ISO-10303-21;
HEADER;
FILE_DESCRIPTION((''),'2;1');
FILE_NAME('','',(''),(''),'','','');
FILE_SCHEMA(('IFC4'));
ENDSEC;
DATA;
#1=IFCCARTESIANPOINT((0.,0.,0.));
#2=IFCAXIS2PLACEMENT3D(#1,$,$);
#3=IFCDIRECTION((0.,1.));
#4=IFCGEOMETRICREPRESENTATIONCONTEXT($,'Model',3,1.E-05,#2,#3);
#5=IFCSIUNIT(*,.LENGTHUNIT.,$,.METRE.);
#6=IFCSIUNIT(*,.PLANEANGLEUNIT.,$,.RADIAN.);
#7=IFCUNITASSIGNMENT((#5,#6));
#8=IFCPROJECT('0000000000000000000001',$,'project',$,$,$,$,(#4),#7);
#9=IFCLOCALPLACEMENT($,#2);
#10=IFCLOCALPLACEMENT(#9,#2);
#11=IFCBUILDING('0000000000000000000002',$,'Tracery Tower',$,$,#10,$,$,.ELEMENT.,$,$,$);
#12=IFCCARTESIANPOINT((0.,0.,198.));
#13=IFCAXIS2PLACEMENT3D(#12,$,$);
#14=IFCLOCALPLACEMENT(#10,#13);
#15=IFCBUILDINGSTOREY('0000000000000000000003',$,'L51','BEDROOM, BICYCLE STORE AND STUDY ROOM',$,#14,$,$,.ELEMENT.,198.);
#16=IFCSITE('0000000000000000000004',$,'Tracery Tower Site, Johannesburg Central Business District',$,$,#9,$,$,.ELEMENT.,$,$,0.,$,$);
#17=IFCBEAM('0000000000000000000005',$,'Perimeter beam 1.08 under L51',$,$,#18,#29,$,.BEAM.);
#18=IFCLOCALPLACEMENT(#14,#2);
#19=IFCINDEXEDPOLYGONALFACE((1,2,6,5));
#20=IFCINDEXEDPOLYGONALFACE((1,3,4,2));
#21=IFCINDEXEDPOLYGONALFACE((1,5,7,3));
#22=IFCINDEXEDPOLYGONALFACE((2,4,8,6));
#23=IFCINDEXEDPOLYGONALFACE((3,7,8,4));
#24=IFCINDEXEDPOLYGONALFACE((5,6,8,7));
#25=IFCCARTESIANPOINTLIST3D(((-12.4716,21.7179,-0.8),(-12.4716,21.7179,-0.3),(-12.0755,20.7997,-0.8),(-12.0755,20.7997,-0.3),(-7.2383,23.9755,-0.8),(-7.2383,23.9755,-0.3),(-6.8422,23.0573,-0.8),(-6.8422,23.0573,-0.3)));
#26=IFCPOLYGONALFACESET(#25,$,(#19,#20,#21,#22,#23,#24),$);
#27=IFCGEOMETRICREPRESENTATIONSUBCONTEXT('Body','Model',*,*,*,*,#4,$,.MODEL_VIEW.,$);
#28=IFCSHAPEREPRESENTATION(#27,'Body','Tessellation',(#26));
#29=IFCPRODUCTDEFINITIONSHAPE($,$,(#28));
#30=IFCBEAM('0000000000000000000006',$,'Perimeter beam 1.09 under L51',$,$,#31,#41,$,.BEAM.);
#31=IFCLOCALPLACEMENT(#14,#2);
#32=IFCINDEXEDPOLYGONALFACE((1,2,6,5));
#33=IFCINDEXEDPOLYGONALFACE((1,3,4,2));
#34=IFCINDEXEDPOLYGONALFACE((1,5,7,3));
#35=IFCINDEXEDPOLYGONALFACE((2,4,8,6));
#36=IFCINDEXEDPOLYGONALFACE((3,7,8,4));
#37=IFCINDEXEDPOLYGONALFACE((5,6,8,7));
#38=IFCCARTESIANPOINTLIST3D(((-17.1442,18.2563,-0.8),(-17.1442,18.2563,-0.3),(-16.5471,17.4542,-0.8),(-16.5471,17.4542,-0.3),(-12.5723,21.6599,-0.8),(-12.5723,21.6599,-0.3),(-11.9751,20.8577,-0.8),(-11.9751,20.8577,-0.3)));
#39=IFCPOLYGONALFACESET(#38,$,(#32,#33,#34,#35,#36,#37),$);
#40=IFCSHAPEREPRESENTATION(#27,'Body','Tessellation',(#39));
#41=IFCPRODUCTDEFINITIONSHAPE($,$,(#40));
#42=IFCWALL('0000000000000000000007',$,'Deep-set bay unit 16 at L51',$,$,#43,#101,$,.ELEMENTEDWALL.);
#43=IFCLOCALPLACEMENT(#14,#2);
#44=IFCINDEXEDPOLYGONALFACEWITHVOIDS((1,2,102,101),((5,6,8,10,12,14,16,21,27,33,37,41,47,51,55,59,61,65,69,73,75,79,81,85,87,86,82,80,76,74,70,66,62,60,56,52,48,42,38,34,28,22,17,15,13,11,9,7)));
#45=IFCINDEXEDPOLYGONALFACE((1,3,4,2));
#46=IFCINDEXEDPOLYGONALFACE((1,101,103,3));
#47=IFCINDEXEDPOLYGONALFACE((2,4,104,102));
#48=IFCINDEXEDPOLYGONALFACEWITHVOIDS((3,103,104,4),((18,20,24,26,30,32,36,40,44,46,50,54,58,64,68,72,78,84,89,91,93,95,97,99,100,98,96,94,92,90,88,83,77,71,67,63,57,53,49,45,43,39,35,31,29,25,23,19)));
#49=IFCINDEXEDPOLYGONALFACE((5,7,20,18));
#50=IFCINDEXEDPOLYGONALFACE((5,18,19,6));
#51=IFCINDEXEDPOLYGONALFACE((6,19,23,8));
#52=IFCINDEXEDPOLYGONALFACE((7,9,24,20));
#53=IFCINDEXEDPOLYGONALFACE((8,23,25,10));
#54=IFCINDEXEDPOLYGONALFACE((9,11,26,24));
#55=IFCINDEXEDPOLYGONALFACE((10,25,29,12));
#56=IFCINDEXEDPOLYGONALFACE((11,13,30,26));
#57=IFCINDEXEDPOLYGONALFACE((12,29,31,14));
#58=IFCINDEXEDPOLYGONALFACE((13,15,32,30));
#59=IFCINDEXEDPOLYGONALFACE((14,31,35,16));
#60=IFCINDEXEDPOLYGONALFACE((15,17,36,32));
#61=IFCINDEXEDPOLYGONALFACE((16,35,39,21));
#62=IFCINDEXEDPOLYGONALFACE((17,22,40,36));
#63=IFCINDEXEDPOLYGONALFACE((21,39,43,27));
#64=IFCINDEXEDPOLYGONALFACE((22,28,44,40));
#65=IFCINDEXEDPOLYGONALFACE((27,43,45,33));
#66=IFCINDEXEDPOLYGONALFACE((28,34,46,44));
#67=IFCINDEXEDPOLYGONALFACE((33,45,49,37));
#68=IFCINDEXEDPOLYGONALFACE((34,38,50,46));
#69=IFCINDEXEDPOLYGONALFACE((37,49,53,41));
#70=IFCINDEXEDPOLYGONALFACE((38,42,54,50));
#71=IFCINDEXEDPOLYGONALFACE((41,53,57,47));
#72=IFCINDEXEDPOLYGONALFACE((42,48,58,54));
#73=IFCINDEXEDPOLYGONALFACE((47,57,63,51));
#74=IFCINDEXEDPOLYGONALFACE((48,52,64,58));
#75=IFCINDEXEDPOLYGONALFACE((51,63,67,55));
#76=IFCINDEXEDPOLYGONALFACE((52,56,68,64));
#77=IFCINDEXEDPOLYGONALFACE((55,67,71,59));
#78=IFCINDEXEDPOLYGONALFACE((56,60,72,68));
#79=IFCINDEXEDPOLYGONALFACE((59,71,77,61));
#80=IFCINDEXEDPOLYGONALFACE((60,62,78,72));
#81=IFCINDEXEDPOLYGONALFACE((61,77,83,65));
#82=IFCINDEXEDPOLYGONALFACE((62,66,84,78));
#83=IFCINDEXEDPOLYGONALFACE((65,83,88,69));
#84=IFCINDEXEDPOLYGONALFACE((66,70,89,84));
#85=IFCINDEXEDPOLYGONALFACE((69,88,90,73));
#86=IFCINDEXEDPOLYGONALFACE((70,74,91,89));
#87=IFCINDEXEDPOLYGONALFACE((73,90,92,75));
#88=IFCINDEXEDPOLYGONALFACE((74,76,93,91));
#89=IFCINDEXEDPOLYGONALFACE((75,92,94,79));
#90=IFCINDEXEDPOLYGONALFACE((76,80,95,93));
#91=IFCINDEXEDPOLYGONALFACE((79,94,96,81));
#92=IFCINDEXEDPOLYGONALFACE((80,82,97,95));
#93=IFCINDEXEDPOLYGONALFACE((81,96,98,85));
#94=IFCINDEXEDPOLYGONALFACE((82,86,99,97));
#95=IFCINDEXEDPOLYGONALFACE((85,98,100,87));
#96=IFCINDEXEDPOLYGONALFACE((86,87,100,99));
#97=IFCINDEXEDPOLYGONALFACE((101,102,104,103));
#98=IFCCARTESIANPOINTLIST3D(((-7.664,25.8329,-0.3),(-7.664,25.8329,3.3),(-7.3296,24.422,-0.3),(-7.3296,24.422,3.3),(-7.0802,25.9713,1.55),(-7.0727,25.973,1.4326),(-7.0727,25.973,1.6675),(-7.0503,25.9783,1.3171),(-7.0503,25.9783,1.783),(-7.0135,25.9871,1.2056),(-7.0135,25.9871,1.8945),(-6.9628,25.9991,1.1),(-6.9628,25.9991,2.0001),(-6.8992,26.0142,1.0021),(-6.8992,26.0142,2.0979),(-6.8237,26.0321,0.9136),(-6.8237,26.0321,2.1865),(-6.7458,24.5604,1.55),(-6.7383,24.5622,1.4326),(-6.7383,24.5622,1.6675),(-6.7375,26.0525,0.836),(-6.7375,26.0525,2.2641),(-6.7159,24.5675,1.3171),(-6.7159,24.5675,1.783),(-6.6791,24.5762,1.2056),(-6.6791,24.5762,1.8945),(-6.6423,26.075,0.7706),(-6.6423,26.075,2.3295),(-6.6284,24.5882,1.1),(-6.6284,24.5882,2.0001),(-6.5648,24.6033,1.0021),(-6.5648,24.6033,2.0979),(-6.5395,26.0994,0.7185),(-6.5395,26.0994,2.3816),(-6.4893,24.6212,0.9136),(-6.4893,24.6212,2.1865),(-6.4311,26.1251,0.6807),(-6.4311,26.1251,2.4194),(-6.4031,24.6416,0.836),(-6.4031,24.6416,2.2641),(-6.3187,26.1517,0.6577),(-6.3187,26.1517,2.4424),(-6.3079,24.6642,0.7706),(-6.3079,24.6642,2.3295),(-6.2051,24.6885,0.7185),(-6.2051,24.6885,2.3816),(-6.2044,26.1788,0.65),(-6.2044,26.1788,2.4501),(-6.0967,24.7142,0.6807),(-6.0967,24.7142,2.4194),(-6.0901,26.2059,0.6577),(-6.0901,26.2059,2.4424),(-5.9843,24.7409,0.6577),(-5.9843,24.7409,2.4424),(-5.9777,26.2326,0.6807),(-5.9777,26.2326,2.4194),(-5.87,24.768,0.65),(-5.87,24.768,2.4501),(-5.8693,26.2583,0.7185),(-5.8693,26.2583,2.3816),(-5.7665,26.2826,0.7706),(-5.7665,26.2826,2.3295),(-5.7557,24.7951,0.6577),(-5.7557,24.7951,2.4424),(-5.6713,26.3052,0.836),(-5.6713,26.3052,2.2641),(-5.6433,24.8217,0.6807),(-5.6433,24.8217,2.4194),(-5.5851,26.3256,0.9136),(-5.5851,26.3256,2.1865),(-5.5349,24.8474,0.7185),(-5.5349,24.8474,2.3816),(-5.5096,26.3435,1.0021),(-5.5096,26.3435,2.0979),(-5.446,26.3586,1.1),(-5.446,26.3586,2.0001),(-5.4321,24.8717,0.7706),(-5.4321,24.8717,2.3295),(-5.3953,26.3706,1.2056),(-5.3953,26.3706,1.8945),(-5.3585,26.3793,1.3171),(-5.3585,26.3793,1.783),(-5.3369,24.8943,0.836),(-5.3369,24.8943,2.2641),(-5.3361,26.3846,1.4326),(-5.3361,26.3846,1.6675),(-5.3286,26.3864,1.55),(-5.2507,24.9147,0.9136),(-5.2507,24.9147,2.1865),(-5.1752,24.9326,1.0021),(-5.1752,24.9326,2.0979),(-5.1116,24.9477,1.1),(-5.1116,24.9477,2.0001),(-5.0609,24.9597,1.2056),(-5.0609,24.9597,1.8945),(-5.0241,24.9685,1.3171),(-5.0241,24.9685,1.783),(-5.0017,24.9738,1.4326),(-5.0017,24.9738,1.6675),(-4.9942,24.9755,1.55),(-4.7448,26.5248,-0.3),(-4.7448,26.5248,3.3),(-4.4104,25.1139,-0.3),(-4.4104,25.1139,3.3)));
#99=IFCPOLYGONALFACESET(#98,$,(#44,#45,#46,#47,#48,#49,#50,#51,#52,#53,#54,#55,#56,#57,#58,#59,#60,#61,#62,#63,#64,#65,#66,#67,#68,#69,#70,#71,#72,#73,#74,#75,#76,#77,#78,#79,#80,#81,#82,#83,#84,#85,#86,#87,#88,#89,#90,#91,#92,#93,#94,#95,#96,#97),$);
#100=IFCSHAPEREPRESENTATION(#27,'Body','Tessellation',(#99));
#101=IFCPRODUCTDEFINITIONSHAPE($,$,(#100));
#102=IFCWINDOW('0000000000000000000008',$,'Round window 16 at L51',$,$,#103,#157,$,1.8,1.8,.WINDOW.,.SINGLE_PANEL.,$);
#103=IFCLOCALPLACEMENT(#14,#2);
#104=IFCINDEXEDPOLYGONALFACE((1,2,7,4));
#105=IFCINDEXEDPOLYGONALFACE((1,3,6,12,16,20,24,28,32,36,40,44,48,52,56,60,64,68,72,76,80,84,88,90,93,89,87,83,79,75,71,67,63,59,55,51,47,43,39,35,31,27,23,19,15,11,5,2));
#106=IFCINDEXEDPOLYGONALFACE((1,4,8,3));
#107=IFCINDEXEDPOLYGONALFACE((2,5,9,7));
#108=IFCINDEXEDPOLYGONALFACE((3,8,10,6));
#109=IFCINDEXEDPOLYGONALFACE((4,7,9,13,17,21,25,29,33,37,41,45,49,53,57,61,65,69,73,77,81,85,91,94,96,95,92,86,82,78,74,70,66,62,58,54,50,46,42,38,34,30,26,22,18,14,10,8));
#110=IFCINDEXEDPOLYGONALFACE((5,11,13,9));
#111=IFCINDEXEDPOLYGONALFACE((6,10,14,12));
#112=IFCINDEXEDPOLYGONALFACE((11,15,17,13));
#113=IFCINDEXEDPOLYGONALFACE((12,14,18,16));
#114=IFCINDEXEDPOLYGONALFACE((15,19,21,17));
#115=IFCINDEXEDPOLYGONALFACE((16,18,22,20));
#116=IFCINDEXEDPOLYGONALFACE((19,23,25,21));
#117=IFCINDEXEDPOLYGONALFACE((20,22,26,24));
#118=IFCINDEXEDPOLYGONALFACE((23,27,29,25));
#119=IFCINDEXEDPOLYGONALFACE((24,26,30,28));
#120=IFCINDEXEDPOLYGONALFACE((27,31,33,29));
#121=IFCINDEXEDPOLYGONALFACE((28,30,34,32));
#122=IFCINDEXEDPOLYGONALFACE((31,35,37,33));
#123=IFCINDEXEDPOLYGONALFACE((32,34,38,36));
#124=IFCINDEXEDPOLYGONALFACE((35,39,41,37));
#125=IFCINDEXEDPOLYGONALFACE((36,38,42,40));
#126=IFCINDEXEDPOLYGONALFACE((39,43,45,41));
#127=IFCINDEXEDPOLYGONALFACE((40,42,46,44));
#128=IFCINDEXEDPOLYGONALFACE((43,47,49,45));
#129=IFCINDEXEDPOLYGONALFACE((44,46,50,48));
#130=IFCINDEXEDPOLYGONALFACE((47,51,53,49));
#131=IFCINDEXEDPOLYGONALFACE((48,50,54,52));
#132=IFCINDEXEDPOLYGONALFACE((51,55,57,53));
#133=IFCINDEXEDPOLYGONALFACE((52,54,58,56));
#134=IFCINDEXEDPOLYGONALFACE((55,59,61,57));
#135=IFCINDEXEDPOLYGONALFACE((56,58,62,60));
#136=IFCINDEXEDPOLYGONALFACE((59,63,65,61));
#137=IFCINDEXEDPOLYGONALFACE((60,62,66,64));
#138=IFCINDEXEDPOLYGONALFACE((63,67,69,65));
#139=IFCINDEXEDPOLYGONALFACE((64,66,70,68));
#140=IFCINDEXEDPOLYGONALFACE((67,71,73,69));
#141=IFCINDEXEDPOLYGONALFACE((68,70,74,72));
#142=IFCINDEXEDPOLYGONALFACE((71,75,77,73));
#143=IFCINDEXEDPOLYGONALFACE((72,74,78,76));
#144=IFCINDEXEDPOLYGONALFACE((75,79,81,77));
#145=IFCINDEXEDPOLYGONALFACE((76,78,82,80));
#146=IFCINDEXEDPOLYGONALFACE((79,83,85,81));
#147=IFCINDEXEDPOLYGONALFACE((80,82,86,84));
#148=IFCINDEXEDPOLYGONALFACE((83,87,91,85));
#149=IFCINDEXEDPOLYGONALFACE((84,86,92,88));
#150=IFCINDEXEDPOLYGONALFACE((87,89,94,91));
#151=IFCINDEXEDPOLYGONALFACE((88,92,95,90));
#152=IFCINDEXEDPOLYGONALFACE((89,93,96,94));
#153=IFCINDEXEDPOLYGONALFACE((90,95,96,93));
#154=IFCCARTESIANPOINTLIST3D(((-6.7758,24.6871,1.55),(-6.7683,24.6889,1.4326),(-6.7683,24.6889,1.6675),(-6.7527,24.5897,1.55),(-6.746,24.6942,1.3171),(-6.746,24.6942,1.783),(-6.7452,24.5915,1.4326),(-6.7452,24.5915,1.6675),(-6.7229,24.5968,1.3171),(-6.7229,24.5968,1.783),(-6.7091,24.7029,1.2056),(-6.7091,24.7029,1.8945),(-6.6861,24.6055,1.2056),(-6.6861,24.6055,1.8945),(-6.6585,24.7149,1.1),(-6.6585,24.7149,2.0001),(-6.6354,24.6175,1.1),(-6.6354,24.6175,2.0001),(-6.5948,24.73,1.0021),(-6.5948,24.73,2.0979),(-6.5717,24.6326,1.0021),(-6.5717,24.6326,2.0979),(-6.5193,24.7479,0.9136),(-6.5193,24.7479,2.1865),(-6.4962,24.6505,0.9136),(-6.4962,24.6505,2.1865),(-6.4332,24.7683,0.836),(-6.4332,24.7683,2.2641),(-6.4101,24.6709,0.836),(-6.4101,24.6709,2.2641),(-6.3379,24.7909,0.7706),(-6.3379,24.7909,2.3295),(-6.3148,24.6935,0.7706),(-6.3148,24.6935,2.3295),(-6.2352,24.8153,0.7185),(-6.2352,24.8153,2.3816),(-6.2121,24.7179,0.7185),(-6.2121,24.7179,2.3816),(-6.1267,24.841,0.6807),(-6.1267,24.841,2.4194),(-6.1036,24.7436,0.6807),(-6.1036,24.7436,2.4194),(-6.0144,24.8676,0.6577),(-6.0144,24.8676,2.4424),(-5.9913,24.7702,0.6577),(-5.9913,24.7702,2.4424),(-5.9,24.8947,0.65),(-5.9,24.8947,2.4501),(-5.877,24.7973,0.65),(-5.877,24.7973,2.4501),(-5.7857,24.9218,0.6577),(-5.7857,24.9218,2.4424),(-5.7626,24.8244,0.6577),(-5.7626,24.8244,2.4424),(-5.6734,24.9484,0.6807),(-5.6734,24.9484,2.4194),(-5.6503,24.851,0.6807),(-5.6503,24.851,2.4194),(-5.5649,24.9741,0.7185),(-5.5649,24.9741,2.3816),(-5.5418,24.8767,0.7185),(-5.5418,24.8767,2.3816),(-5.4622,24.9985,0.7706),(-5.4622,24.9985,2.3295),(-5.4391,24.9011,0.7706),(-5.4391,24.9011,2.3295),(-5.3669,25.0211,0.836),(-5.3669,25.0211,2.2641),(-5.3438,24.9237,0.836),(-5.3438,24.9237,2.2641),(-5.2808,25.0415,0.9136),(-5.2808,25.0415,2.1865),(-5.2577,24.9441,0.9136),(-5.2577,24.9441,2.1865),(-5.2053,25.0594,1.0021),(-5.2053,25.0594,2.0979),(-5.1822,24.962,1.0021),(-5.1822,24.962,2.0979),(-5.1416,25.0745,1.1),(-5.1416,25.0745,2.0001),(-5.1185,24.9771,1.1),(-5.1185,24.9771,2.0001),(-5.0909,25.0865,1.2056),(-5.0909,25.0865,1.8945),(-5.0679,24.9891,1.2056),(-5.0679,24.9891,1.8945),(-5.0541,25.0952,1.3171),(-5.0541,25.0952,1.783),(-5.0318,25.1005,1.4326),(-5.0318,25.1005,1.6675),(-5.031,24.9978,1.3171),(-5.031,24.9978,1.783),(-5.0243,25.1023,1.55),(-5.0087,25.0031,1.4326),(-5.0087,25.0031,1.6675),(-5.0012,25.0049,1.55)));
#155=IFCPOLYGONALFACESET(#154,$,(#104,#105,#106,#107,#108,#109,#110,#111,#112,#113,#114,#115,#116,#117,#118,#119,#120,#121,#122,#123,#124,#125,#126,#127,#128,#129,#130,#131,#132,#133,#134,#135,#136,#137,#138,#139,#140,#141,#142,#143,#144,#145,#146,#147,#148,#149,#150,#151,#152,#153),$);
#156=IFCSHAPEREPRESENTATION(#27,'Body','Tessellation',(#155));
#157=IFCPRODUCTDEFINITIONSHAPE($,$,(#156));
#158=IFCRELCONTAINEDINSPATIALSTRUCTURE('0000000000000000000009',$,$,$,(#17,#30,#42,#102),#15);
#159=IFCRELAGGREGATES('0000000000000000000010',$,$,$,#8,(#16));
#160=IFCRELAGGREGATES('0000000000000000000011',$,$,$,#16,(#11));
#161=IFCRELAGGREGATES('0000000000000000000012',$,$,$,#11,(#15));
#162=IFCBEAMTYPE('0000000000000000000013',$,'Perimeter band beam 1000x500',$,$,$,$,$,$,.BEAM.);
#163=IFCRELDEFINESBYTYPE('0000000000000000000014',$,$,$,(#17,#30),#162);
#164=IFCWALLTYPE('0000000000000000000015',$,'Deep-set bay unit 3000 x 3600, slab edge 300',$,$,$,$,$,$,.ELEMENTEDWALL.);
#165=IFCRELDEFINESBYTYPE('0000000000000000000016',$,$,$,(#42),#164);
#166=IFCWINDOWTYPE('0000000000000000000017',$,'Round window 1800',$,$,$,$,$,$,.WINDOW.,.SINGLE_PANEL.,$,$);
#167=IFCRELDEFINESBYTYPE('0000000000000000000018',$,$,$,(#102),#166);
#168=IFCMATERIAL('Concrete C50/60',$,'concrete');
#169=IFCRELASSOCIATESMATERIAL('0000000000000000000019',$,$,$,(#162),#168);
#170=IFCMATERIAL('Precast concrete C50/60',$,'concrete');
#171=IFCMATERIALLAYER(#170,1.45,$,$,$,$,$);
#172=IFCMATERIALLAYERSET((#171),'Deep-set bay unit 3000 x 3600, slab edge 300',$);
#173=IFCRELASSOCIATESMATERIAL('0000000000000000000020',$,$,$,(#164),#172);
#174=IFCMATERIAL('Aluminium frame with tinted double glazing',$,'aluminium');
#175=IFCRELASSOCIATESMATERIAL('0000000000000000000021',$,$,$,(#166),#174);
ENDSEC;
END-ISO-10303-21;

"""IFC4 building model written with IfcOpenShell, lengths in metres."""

from ifc_helpers import new_model, si_unit, direction, frame, frame_2d, origin, origin_2d, place, context, subcontext, project, spatial, rectangle, circle, extrude, material, layer, layer_set, material_profile, profile_set, type_object, element, fill, save


model = new_model("IFC4")

# Units and contexts
model_context = context("Model", 3, precision=1e-05, world=origin(), true_north=direction((0.0, 1.0)))
body_context = subcontext(model_context, "Body", "Model", "MODEL_VIEW")
ifc_project = project(units=[si_unit("LENGTHUNIT", "METRE"), si_unit("PLANEANGLEUNIT", "RADIAN")], contexts=[model_context])

# Site, building, storey
site_placement = place(None, origin())
site = spatial("IfcSite", under=ifc_project, at=site_placement, Name="Tracery Tower Site, Johannesburg Central Business District", CompositionType="ELEMENT", RefElevation=0.0)
building_placement = place(site_placement, origin())
building = spatial("IfcBuilding", under=site, at=building_placement, Name="Tracery Tower", CompositionType="ELEMENT")
storey_placement = place(building_placement, frame((0.0, 0.0, 198.0)))
storey = spatial("IfcBuildingStorey", under=building, at=storey_placement, Name="L51", Description="BEDROOM, BICYCLE STORE AND STUDY ROOM", CompositionType="ELEMENT", Elevation=198.0)

# Beams
ifc_material_1 = material(Name="Concrete C50/60", Category="concrete")
ifc_material_profile_1 = material_profile(ifc_material_1, rectangle(XDim=1.0, YDim=0.5, at=origin_2d()), Name="RC 1000x500")
ifc_profile_set_1 = profile_set([ifc_material_profile_1], Name="Concrete C50/60")
beam_type = type_object("IfcBeamType", Name="Perimeter band beam 1000x500", PredefinedType="BEAM", material=ifc_profile_set_1)
beam_1_placement = place(storey_placement, frame((-7.0403, 23.5164, -0.55), z_axis=(-0.91821, -0.396095, 0.0), x_axis=(0.396095, -0.91821, 0.0)))
element("IfcBeam", 1, at=beam_1_placement, inside=storey, type_object=beam_type, Name="Perimeter beam 1.08 under L51", PredefinedType="BEAM", context=body_context, shape_type="SweptSolid", body=[
    extrude(rectangle(XDim=1.0, YDim=0.5, at=origin_2d()), origin(), (0.0, 0.0, 1.0), 5.6995),
])
beam_2_placement = place(storey_placement, frame((-12.2737, 21.2588, -0.55), z_axis=(-0.802138, -0.597138, 0.0), x_axis=(0.597138, -0.802138, 0.0)))
element("IfcBeam", 2, at=beam_2_placement, inside=storey, type_object=beam_type, Name="Perimeter beam 1.09 under L51", PredefinedType="BEAM", context=body_context, shape_type="SweptSolid", body=[
    extrude(rectangle(XDim=1.0, YDim=0.5, at=origin_2d()), origin(), (0.0, 0.0, 1.0), 5.6997),
])

# Wall, opening, window
ifc_material_2 = material(Name="Precast concrete C50/60", Category="concrete")
ifc_layer_1 = layer(ifc_material_2, 1.45)
ifc_layer_set_1 = layer_set([ifc_layer_1], Name="Deep-set bay unit 3000 x 3600, slab edge 300")
wall_type_1 = type_object("IfcWallType", Name="Deep-set bay unit 3000 x 3600, slab edge 300", PredefinedType="ELEMENTEDWALL", material=ifc_layer_set_1)
wall_1_placement = place(storey_placement, frame((-4.5776, 25.8193, -0.3), z_axis=(0.0, 0.0, 1.0), x_axis=(-0.973042, -0.230627, 0.0)))
wall_1 = element("IfcWall", 3, at=wall_1_placement, inside=storey, type_object=wall_type_1, Name="Deep-set bay unit 16 at L51", PredefinedType="ELEMENTEDWALL", context=body_context, shape_type="SweptSolid", body=[
    extrude(rectangle(XDim=3.0, YDim=1.45, at=frame_2d((1.5, 0.0))), origin(), (0.0, 0.0, 1.0), 3.6001),
])
opening_1_placement = place(wall_1_placement, frame((1.5, 0.0, 1.8501)))
opening_1 = element("IfcOpeningElement", 4, at=opening_1_placement, cuts=wall_1, PredefinedType="OPENING", context=body_context, shape_type="SweptSolid", body=[
    extrude(circle(Radius=0.9, at=origin_2d()), frame((0.0, 0.7349, 0.0), z_axis=(0.0, -1.0, 0.0), x_axis=(1.0, 0.0, 0.0)), (0.0, 0.0, 1.0), 1.47),
])
ifc_material_3 = material(Name="Aluminium frame with tinted double glazing", Category="aluminium")
window_type = type_object("IfcWindowType", Name="Round window 1800", PartitioningType="SINGLE_PANEL", PredefinedType="WINDOW", material=ifc_material_3)
window_1_placement = place(opening_1_placement, origin())
window_1 = element("IfcWindow", 5, at=window_1_placement, inside=storey, type_object=window_type, Name="Round window 16 at L51", OverallHeight=1.8, OverallWidth=1.8, PartitioningType="SINGLE_PANEL", PredefinedType="WINDOW", context=body_context, shape_type="SweptSolid", body=[
    extrude(circle(Radius=0.9, at=origin_2d()), frame((0.0, 0.6948, 0.0), z_axis=(0.0, -1.0, 0.0), x_axis=(1.0, 0.0, 0.0)), (0.0, 0.0, 1.0), 0.1001),
])
fill(opening_1, window_1)

save(model, "model.ifc")
